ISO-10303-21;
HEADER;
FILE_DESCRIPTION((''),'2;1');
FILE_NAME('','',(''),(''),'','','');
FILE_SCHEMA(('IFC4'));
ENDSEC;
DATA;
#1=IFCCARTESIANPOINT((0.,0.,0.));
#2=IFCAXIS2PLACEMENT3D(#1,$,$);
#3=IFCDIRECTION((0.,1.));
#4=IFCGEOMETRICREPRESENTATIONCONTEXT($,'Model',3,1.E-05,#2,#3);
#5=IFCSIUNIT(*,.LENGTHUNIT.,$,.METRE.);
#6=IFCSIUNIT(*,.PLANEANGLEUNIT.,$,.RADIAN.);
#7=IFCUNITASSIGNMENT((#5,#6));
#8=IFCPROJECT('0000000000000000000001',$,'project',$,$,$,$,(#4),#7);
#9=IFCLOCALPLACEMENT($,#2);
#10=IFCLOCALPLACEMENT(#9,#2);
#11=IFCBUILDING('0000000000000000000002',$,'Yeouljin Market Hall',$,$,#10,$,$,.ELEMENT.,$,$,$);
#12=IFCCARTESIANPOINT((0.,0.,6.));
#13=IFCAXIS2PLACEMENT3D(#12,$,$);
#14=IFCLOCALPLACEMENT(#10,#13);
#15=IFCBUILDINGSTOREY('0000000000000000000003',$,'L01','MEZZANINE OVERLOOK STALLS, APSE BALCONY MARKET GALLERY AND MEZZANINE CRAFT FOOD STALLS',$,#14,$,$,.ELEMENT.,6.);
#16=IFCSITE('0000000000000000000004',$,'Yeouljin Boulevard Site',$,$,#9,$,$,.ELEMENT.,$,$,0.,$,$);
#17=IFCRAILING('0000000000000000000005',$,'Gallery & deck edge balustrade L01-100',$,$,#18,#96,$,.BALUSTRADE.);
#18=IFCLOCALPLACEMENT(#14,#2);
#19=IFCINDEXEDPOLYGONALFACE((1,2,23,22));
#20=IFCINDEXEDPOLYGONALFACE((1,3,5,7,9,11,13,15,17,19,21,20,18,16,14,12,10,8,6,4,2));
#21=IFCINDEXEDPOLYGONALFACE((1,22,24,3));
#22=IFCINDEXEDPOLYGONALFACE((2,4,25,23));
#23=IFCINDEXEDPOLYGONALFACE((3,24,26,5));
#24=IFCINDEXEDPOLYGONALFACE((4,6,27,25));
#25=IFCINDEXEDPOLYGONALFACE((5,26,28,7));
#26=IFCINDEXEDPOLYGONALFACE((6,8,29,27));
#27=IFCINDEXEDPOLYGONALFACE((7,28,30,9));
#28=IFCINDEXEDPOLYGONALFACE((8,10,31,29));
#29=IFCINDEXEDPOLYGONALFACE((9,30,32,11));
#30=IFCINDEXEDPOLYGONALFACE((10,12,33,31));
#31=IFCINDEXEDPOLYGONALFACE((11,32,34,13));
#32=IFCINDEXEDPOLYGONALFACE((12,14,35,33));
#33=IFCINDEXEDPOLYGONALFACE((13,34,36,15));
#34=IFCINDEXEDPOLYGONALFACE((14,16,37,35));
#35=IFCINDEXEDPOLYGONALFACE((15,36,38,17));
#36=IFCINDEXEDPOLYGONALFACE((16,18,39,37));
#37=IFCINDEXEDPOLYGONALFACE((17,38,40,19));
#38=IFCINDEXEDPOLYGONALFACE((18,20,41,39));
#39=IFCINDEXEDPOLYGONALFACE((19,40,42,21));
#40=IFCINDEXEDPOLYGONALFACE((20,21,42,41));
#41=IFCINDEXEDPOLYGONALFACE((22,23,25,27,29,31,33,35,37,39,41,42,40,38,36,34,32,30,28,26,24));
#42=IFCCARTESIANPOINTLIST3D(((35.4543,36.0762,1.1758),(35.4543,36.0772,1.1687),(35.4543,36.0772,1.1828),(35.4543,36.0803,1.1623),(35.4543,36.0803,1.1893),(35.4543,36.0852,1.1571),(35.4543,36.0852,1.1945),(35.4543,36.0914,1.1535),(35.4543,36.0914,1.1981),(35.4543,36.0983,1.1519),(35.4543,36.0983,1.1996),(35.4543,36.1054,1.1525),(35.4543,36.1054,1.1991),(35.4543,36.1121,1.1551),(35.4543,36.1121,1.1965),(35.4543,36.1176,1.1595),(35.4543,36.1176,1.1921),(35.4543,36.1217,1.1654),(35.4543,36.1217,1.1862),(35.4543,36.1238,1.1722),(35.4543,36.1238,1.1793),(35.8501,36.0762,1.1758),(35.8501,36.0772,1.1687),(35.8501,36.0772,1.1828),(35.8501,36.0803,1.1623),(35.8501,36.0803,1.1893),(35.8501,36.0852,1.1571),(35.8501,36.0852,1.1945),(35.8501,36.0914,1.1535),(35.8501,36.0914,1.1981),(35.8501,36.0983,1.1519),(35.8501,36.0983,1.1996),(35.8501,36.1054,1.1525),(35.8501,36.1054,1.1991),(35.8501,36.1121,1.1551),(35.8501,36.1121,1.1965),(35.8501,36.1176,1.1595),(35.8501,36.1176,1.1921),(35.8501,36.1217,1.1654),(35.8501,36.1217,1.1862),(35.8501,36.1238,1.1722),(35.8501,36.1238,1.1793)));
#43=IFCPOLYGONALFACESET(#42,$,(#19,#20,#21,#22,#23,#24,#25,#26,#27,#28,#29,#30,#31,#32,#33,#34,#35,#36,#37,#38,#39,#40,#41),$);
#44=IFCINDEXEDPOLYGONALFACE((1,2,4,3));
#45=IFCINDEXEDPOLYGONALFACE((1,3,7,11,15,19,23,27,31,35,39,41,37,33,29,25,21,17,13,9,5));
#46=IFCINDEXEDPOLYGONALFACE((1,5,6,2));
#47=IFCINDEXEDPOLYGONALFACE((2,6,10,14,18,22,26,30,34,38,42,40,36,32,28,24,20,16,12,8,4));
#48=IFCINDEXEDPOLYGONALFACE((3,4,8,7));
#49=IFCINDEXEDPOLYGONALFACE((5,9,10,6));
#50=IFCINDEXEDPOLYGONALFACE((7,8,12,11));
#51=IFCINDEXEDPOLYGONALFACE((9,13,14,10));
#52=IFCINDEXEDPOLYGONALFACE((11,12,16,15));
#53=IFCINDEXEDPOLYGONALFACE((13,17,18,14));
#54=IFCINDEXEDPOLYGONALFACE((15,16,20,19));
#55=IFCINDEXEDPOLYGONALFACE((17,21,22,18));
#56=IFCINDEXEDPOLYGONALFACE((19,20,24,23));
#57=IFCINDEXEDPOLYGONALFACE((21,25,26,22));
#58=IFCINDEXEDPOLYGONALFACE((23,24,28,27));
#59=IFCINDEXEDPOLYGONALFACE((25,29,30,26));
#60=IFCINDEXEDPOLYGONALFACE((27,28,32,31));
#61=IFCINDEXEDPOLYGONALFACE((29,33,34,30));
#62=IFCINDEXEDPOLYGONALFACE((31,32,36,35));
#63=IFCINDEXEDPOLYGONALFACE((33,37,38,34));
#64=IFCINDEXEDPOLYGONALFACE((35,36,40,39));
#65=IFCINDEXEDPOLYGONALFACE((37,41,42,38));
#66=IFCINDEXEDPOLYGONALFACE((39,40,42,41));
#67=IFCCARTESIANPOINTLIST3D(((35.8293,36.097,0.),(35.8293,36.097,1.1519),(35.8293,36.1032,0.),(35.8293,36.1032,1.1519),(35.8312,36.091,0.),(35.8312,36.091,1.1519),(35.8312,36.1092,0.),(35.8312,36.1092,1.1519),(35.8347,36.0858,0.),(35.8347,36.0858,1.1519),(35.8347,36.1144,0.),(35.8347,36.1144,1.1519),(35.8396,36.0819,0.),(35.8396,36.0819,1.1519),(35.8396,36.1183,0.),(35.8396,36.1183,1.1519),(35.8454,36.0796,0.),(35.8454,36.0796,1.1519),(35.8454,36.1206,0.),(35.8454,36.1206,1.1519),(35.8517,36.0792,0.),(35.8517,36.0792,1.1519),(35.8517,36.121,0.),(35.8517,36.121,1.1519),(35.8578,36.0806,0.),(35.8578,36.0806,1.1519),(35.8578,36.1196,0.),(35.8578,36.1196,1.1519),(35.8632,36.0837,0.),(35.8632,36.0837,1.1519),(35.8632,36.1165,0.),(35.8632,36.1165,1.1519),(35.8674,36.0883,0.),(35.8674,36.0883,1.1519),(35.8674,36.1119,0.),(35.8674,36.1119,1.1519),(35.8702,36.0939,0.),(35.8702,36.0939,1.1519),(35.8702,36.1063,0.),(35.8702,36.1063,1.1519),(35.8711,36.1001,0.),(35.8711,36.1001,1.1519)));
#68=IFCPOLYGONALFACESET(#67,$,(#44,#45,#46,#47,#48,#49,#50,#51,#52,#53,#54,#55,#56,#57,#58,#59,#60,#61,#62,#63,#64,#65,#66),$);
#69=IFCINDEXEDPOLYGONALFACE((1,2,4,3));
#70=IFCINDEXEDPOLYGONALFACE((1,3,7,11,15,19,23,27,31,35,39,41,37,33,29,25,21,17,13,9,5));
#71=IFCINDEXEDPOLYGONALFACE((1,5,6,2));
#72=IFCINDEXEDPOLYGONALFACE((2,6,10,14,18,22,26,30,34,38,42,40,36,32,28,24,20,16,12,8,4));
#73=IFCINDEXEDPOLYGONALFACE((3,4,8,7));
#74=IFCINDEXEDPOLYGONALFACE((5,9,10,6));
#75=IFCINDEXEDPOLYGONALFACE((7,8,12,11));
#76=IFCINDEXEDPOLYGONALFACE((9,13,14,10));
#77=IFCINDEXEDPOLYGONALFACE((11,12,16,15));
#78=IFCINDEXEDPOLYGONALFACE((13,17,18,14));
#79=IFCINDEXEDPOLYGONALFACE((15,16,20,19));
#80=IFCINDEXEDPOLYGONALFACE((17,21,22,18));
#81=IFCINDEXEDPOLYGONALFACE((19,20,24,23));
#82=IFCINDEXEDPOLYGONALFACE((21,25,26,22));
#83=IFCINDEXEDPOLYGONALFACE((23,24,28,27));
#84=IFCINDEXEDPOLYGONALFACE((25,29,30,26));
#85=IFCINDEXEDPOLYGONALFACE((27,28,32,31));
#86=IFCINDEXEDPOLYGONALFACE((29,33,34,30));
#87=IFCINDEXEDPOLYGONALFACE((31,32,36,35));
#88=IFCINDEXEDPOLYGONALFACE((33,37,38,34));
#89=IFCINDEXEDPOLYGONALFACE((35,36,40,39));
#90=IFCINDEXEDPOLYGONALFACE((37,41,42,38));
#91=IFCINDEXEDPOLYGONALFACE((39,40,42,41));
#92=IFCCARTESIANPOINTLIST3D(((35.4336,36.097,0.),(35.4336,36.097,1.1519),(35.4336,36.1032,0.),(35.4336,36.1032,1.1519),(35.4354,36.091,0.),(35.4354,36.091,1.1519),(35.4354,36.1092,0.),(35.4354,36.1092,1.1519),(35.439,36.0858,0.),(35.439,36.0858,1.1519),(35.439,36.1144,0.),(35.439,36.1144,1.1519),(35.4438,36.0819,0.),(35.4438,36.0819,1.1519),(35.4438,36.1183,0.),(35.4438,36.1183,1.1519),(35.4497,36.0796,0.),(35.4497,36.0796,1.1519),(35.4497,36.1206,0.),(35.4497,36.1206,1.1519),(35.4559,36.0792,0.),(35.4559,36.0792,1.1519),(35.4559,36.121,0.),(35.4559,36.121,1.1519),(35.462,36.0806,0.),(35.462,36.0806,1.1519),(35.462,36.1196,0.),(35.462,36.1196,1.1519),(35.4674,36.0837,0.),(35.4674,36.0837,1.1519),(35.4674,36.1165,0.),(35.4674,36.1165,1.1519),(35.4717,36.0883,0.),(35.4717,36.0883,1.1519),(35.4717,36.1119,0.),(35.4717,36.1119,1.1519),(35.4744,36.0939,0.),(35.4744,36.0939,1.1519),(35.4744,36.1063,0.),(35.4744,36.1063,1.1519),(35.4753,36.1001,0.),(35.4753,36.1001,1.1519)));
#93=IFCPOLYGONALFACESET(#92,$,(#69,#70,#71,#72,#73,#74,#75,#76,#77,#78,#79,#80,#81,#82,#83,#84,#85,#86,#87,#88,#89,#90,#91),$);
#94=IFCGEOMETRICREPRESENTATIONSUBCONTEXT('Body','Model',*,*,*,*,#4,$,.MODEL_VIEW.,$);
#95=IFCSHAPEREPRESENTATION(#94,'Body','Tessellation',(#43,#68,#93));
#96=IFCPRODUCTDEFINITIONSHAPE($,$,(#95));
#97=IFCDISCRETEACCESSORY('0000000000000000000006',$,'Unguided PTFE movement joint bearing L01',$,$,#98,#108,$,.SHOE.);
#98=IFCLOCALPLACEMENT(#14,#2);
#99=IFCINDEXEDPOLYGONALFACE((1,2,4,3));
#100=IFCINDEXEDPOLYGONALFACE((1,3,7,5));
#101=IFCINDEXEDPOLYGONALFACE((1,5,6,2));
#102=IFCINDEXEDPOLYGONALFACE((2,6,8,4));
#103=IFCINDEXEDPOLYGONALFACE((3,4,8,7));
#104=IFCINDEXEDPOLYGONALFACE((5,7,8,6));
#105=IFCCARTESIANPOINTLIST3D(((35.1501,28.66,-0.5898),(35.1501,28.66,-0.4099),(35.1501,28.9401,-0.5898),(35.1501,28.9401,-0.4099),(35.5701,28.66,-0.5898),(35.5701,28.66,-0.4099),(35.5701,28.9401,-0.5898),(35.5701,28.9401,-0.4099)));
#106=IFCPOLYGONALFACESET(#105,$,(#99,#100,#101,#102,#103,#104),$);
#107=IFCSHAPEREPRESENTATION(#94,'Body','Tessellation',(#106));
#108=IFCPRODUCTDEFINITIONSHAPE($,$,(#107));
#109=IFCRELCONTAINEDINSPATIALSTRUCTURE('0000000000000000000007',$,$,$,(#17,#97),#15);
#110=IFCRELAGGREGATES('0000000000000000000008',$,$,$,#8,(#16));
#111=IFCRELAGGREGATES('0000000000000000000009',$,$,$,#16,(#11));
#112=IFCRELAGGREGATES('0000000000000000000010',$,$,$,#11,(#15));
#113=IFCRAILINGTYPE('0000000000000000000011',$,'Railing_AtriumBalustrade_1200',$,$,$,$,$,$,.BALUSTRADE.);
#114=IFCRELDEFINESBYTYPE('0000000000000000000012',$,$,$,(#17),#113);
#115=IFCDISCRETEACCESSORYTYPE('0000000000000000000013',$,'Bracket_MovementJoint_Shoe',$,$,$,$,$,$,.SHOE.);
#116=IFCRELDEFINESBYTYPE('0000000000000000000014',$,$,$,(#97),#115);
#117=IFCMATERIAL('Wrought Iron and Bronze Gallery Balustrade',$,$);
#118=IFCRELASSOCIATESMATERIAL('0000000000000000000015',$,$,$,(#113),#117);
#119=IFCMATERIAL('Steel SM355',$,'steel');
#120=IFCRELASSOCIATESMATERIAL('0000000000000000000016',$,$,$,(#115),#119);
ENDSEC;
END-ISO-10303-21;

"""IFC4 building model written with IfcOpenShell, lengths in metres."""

from ifc_helpers import new_model, si_unit, direction, frame, origin, origin_2d, place, context, subcontext, project, spatial, rectangle, circle, extrude, material, type_object, element, save


model = new_model("IFC4")

# Units and contexts
model_context = context("Model", 3, precision=1e-05, world=origin(), true_north=direction((0.0, 1.0)))
body_context = subcontext(model_context, "Body", "Model", "MODEL_VIEW")
ifc_project = project(units=[si_unit("LENGTHUNIT", "METRE"), si_unit("PLANEANGLEUNIT", "RADIAN")], contexts=[model_context])

# Site, building, storey
site_placement = place(None, origin())
site = spatial("IfcSite", under=ifc_project, at=site_placement, Name="Yeouljin Boulevard Site", CompositionType="ELEMENT", RefElevation=0.0)
building_placement = place(site_placement, origin())
building = spatial("IfcBuilding", under=site, at=building_placement, Name="Yeouljin Market Hall", CompositionType="ELEMENT")
storey_placement = place(building_placement, frame((0.0, 0.0, 6.0)))
storey = spatial("IfcBuildingStorey", under=building, at=storey_placement, Name="L01", Description="MEZZANINE OVERLOOK STALLS, APSE BALCONY MARKET GALLERY AND MEZZANINE CRAFT FOOD STALLS", CompositionType="ELEMENT", Elevation=6.0)

# Railing
ifc_material_1 = material(Name="Wrought Iron and Bronze Gallery Balustrade")
railing_type_1 = type_object("IfcRailingType", Name="Railing_AtriumBalustrade_1200", PredefinedType="BALUSTRADE", material=ifc_material_1)
railing_1_placement = place(storey_placement, frame((35.8501, 36.1001, 0.0)))
element("IfcRailing", 1, at=railing_1_placement, inside=storey, type_object=railing_type_1, Name="Gallery & deck edge balustrade L01-100", PredefinedType="BALUSTRADE", context=body_context, shape_type="SweptSolid", body=[
    extrude(circle(Radius=0.0239, at=origin_2d()), frame((0.0, 0.0, 1.1758), z_axis=(-1.0, 0.0, 0.0), x_axis=(0.0, -1.0, 0.0)), (0.0, 0.0, 1.0), 0.3958),
    extrude(circle(Radius=0.021, at=origin_2d()), origin(), (0.0, 0.0, 1.0), 1.1519),
    extrude(circle(Radius=0.021, at=origin_2d()), frame((-0.3958, 0.0, 0.0)), (0.0, 0.0, 1.0), 1.1519),
])

# Discrete accessory
ifc_material_2 = material(Name="Steel SM355", Category="steel")
discrete_accessory_type = type_object("IfcDiscreteAccessoryType", Name="Bracket_MovementJoint_Shoe", PredefinedType="SHOE", material=ifc_material_2)
discrete_accessory_placement = place(storey_placement, frame((35.3601, 28.8, -0.5898), z_axis=(0.0, 0.0, 1.0), x_axis=(1.0, 0.0, 0.0)))
element("IfcDiscreteAccessory", 2, at=discrete_accessory_placement, inside=storey, type_object=discrete_accessory_type, Name="Unguided PTFE movement joint bearing L01", PredefinedType="SHOE", context=body_context, shape_type="SweptSolid", body=[
    extrude(rectangle(XDim=0.4199, YDim=0.28, at=origin_2d()), origin(), (0.0, 0.0, 1.0), 0.1799),
])

save(model, "model.ifc")
